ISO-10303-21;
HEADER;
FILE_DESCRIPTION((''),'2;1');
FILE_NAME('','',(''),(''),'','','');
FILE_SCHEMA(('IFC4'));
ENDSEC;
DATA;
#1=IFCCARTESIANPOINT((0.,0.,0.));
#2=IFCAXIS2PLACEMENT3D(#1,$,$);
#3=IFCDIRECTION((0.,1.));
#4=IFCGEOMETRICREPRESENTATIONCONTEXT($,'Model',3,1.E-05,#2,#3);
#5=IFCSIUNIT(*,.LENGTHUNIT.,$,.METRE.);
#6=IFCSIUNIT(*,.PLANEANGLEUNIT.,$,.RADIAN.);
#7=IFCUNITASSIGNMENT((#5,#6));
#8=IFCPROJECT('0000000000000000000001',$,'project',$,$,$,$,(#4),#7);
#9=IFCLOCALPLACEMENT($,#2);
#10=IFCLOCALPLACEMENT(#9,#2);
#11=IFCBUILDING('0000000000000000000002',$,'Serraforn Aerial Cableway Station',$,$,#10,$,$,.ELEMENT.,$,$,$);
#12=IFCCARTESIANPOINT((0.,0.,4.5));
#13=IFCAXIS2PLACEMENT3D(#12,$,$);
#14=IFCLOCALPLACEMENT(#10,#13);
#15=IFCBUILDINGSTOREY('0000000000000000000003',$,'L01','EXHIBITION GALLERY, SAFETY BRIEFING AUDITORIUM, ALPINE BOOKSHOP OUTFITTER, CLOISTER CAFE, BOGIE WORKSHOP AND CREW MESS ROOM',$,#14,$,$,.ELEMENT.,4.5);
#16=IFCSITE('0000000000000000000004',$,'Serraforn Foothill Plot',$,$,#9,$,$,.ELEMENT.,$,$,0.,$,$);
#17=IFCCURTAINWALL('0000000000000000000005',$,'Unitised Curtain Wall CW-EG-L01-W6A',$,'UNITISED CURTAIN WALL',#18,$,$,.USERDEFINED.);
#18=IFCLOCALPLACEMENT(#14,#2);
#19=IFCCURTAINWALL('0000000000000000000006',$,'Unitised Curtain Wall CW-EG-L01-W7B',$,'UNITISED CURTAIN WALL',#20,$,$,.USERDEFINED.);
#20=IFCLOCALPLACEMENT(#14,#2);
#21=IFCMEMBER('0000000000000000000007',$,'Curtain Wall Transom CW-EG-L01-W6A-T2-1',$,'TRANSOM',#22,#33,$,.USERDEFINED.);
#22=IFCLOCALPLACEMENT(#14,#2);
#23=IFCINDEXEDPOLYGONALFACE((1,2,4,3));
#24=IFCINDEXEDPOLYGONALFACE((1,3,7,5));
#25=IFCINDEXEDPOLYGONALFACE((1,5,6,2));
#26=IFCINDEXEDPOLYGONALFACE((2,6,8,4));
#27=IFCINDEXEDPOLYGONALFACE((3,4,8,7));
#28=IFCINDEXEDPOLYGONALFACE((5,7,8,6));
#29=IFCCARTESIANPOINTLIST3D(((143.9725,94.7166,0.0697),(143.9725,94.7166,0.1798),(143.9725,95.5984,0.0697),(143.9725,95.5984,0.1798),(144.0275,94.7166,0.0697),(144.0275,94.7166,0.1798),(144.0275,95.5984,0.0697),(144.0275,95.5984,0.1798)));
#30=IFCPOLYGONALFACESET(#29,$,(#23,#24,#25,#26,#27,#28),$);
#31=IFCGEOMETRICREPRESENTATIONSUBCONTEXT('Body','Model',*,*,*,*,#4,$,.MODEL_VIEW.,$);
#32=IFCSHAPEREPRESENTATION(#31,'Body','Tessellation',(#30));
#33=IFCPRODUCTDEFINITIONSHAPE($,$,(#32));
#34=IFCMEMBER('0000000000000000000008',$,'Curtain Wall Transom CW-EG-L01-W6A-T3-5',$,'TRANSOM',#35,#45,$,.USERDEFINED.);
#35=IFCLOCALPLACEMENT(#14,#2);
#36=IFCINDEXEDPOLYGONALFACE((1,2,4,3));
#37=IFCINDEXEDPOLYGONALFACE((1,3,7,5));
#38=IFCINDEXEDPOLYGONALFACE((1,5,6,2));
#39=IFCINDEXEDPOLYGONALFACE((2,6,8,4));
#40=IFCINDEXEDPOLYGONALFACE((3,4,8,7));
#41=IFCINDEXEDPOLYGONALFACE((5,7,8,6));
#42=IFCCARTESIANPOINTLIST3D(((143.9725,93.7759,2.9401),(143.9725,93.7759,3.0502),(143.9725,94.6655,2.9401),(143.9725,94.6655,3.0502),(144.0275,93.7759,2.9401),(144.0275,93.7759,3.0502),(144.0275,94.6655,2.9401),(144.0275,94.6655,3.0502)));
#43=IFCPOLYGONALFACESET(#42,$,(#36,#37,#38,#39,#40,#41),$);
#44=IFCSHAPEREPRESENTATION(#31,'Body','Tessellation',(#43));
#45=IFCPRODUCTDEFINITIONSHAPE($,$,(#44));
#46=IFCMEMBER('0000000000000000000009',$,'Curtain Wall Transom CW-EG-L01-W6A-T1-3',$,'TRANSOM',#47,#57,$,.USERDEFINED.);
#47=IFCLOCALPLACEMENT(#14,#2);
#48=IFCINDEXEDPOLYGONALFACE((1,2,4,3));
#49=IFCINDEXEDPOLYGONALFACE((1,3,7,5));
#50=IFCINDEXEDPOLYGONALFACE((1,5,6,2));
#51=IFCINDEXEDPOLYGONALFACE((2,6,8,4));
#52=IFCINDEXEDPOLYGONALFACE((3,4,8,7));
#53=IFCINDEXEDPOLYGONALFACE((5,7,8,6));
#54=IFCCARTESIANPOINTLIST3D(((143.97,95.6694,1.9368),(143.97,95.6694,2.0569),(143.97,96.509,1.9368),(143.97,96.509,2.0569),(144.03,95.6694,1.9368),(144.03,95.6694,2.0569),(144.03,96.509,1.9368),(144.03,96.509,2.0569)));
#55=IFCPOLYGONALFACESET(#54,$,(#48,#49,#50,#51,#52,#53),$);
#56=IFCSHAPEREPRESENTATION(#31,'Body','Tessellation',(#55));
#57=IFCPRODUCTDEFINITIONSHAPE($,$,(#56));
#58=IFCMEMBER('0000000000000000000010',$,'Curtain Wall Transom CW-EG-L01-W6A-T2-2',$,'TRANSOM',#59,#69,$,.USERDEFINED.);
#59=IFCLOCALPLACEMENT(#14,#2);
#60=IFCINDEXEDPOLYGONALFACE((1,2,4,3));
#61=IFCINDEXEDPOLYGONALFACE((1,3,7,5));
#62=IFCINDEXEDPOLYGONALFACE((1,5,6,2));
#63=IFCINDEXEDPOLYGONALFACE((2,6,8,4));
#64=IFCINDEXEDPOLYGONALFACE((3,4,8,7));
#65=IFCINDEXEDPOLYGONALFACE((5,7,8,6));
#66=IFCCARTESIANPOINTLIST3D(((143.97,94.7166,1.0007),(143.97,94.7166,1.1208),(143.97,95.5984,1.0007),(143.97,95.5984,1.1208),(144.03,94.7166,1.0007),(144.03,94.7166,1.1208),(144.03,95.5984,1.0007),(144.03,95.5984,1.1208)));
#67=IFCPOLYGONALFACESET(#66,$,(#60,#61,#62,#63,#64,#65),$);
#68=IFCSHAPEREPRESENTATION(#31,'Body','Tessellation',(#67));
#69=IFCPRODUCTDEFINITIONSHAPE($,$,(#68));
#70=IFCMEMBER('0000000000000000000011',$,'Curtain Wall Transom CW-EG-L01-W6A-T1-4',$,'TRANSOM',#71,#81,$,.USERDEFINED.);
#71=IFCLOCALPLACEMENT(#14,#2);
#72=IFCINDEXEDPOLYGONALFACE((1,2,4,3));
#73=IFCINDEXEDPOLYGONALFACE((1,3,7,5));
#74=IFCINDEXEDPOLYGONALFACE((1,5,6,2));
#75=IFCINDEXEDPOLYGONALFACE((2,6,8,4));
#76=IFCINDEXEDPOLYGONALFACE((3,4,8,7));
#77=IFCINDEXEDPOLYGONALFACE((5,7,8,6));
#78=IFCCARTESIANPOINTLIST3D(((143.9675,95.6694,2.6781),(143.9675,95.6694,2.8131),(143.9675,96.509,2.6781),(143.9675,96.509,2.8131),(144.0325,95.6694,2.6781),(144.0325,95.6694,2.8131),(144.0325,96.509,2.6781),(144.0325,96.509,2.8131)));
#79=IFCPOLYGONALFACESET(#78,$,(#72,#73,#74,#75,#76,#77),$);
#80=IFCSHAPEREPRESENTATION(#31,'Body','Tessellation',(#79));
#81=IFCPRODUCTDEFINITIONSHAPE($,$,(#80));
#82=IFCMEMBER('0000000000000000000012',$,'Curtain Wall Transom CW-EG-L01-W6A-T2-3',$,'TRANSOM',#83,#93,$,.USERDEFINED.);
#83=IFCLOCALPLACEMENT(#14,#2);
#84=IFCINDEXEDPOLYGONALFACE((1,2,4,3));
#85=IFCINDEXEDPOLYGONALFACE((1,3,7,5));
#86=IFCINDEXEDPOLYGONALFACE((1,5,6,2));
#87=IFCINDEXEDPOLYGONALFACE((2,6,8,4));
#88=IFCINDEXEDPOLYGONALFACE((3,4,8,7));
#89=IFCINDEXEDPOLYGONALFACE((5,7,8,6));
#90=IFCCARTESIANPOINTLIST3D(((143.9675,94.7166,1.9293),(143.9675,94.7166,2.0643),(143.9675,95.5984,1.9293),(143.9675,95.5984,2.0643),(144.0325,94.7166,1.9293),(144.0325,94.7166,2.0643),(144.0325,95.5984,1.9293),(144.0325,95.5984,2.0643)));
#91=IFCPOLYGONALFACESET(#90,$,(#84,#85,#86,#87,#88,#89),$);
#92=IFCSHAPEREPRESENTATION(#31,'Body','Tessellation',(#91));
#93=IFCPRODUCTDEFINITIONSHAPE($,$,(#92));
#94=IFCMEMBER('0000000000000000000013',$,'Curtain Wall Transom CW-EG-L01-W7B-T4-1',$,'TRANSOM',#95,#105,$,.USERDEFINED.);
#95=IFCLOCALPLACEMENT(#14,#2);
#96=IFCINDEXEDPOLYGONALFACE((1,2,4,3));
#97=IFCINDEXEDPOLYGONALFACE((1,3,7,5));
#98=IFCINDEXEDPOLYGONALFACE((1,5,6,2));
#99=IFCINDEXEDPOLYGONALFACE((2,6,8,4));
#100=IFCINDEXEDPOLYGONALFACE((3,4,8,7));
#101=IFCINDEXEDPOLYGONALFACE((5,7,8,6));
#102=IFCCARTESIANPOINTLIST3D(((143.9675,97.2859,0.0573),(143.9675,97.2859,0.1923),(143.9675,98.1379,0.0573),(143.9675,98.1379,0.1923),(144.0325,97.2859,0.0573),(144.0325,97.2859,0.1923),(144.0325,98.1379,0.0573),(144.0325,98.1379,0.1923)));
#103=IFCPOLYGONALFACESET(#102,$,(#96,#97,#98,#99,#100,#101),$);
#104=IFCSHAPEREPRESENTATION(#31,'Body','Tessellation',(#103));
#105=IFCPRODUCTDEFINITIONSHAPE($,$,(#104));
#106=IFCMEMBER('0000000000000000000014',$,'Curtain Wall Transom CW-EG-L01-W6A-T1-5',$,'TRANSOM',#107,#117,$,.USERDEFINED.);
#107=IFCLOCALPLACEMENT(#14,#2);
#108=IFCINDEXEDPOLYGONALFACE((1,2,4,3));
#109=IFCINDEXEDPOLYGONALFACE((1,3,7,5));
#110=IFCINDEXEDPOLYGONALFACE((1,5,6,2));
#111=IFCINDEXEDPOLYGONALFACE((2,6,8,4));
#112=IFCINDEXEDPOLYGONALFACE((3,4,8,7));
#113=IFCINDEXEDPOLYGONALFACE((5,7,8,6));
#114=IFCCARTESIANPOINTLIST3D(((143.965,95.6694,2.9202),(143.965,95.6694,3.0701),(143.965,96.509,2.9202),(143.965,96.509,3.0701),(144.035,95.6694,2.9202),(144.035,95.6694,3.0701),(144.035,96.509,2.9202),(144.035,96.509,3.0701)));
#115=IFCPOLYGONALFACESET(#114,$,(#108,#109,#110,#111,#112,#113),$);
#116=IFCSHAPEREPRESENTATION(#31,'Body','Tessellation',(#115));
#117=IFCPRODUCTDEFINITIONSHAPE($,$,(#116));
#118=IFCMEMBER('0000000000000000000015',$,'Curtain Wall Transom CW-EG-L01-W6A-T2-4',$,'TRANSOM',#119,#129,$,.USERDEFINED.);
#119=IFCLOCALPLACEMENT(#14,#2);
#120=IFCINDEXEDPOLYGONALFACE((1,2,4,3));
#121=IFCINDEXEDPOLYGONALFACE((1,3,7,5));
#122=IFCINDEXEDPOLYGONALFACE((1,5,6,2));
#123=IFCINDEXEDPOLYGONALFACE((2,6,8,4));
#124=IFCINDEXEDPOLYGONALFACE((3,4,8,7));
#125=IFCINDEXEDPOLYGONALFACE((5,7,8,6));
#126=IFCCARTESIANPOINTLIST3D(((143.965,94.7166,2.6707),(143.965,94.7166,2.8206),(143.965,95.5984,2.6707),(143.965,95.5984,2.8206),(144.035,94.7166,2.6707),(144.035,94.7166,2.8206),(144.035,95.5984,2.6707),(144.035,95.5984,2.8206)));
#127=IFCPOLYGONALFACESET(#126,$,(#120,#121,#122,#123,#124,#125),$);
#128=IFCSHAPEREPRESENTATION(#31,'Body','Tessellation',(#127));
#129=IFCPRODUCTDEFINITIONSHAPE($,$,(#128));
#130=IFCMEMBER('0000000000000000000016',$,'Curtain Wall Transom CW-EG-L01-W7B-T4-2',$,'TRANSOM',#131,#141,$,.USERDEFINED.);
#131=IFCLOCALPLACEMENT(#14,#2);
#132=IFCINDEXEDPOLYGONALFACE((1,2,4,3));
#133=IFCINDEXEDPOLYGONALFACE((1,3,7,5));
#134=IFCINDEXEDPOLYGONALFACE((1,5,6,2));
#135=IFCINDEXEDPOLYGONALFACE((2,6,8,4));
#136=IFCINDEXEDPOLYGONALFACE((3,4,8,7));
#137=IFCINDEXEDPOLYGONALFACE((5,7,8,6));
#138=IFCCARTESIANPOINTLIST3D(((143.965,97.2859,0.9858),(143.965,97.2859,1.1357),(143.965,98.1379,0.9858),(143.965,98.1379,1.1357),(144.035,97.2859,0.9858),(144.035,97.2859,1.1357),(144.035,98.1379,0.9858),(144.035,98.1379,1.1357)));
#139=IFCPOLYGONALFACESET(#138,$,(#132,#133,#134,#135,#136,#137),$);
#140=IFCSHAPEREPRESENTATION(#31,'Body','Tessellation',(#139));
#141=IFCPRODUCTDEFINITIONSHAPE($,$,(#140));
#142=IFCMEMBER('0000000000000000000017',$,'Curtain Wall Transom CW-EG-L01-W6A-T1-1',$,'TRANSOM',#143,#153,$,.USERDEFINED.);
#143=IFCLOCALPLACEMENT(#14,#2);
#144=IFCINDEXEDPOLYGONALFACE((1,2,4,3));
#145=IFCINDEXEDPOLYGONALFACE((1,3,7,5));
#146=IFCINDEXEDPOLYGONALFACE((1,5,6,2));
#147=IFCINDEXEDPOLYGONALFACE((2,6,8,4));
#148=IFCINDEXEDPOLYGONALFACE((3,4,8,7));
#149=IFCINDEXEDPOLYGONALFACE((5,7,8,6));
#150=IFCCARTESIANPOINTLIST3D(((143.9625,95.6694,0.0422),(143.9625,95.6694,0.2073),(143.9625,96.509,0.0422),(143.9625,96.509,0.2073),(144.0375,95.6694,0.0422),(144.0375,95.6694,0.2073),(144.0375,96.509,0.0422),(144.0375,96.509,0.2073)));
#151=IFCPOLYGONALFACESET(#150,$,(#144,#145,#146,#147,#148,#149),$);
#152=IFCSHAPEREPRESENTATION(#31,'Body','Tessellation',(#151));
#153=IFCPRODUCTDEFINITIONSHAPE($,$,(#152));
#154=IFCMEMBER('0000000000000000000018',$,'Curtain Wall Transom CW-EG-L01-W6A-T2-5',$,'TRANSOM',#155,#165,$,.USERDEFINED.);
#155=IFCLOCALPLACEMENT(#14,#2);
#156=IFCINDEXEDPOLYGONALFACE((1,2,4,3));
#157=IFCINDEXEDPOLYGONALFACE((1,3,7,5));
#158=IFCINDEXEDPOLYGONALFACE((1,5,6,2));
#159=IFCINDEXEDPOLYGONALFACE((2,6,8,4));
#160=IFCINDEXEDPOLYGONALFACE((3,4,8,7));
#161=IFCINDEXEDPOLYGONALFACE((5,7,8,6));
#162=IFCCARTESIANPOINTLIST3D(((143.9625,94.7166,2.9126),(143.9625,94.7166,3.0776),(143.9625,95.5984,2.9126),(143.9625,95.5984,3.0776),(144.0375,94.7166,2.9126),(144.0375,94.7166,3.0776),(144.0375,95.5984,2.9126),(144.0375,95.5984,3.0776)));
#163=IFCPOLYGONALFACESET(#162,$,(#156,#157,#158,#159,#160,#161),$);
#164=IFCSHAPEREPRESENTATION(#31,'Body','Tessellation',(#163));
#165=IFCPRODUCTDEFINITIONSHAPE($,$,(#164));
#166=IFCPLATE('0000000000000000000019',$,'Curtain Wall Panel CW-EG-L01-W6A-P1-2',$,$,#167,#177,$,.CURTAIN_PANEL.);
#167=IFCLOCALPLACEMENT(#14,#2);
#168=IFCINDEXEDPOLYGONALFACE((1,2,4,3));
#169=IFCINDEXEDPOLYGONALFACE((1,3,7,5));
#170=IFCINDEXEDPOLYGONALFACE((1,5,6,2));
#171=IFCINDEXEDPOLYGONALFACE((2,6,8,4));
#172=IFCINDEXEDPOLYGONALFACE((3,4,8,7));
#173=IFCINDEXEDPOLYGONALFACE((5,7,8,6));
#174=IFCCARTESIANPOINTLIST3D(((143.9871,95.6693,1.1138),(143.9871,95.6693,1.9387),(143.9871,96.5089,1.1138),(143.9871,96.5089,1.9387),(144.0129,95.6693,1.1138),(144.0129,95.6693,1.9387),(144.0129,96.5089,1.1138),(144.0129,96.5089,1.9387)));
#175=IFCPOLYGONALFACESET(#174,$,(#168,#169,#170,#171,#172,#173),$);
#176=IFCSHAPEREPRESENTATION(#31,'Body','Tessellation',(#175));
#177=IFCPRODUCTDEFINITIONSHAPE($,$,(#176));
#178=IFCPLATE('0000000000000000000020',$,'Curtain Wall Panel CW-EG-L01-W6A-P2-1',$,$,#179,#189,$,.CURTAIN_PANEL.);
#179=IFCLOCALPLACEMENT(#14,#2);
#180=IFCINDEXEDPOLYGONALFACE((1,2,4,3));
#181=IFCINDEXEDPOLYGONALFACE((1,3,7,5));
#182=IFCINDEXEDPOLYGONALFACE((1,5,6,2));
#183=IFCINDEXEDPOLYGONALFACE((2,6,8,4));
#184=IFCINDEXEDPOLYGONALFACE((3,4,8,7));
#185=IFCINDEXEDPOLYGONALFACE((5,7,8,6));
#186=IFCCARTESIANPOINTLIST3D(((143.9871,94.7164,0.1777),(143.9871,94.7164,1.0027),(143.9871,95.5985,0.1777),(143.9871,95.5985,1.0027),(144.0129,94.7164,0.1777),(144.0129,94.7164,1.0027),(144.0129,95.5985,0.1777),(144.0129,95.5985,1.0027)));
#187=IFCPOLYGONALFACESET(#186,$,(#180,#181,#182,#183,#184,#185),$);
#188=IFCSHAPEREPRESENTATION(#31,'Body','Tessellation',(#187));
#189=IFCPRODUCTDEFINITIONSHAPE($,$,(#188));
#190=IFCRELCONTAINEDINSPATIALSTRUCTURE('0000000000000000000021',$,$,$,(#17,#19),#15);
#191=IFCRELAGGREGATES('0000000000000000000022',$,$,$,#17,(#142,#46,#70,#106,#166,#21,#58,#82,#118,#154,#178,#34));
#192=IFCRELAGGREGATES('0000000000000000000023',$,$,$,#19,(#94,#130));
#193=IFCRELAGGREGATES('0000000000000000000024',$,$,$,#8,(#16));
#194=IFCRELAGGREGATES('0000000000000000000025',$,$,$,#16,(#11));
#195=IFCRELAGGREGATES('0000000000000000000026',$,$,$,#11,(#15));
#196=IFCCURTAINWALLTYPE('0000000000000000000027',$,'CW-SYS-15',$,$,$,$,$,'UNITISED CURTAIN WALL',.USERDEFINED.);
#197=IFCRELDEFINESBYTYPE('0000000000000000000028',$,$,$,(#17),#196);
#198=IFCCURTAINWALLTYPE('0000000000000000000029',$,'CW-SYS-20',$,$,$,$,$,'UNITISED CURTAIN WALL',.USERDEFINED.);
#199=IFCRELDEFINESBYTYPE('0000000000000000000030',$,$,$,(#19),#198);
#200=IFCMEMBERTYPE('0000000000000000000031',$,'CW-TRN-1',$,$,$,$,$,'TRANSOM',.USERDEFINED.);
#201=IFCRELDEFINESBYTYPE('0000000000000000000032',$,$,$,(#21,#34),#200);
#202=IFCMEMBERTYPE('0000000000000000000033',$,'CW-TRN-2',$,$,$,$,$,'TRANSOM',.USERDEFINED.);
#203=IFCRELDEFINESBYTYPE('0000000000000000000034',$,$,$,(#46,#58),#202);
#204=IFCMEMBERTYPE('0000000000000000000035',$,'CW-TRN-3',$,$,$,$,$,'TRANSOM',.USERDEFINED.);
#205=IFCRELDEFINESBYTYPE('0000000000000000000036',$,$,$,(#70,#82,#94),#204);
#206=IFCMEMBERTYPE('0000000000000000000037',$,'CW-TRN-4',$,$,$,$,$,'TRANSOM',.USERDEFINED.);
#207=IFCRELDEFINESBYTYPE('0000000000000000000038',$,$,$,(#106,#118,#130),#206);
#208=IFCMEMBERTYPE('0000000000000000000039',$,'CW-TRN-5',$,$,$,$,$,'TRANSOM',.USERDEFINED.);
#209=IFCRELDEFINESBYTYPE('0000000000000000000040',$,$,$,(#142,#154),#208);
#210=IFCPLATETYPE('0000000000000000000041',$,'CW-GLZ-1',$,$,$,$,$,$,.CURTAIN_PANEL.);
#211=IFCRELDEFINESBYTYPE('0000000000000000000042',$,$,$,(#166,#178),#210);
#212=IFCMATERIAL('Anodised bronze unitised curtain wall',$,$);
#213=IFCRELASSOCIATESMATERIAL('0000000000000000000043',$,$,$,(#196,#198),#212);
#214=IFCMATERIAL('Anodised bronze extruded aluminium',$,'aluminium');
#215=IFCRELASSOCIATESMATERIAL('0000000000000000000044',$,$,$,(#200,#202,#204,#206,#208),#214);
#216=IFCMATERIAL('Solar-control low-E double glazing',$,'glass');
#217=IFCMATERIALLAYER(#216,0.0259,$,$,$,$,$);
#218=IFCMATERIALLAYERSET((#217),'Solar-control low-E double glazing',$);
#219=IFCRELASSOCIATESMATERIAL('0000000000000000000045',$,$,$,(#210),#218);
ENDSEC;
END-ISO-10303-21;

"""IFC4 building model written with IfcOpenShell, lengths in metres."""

from ifc_helpers import new_model, si_unit, direction, frame, origin, origin_2d, place, context, subcontext, project, spatial, rectangle, extrude, material, layer, layer_set, material_profile, profile_set, type_object, element, aggregate, save


model = new_model("IFC4")

# Units and contexts
model_context = context("Model", 3, precision=1e-05, world=origin(), true_north=direction((0.0, 1.0)))
body_context = subcontext(model_context, "Body", "Model", "MODEL_VIEW")
ifc_project = project(units=[si_unit("LENGTHUNIT", "METRE"), si_unit("PLANEANGLEUNIT", "RADIAN")], contexts=[model_context])

# Site, building, storey
site_placement = place(None, origin())
site = spatial("IfcSite", under=ifc_project, at=site_placement, Name="Serraforn Foothill Plot", CompositionType="ELEMENT", RefElevation=0.0)
building_placement = place(site_placement, origin())
building = spatial("IfcBuilding", under=site, at=building_placement, Name="Serraforn Aerial Cableway Station", CompositionType="ELEMENT")
storey_placement = place(building_placement, frame((0.0, 0.0, 4.5)))
storey = spatial("IfcBuildingStorey", under=building, at=storey_placement, Name="L01", Description="EXHIBITION GALLERY, SAFETY BRIEFING AUDITORIUM, ALPINE BOOKSHOP OUTFITTER, CLOISTER CAFE, BOGIE WORKSHOP AND CREW MESS ROOM", CompositionType="ELEMENT", Elevation=4.5)

# Curtain walls
ifc_material_1 = material(Name="Anodised bronze unitised curtain wall")
curtain_wall_type_1 = type_object("IfcCurtainWallType", Name="CW-SYS-15", ElementType="UNITISED CURTAIN WALL", PredefinedType="USERDEFINED", material=ifc_material_1)
curtain_wall_1_placement = place(storey_placement, origin())
curtain_wall_1 = element("IfcCurtainWall", 1, at=curtain_wall_1_placement, inside=storey, type_object=curtain_wall_type_1, Name="Unitised Curtain Wall CW-EG-L01-W6A", ObjectType="UNITISED CURTAIN WALL", PredefinedType="USERDEFINED")
ifc_material_2 = material(Name="Anodised bronze extruded aluminium", Category="aluminium")
curtain_wall_type_2 = type_object("IfcCurtainWallType", Name="CW-SYS-20", ElementType="UNITISED CURTAIN WALL", PredefinedType="USERDEFINED", material=ifc_material_1)
curtain_wall_2_placement = place(storey_placement, origin())
curtain_wall_2 = element("IfcCurtainWall", 2, at=curtain_wall_2_placement, inside=storey, type_object=curtain_wall_type_2, Name="Unitised Curtain Wall CW-EG-L01-W7B", ObjectType="UNITISED CURTAIN WALL", PredefinedType="USERDEFINED")

# Members
ifc_material_profile_1 = material_profile(ifc_material_2, rectangle(XDim=0.0549, YDim=0.1101, at=origin_2d()), Name="CW TRANSOM 55x110")
ifc_profile_set_1 = profile_set([ifc_material_profile_1], Name="Anodised bronze extruded aluminium")
member_type_1 = type_object("IfcMemberType", Name="CW-TRN-1", ElementType="TRANSOM", PredefinedType="USERDEFINED", material=ifc_profile_set_1)
member_1_placement = place(storey_placement, frame((144.0, 95.5984, 0.1248), z_axis=(0.0, -1.0, 0.0), x_axis=(1.0, 0.0, 0.0)))
member_1 = element("IfcMember", 3, at=member_1_placement, type_object=member_type_1, Name="Curtain Wall Transom CW-EG-L01-W6A-T2-1", ObjectType="TRANSOM", PredefinedType="USERDEFINED", context=body_context, shape_type="SweptSolid", body=[
    extrude(rectangle(XDim=0.0549, YDim=0.1101, at=origin_2d()), origin(), (0.0, 0.0, 1.0), 0.8818),
])
member_2_placement = place(storey_placement, frame((144.0, 94.6655, 2.9951), z_axis=(0.0, -1.0, 0.0), x_axis=(1.0, 0.0, 0.0)))
member_2 = element("IfcMember", 4, at=member_2_placement, type_object=member_type_1, Name="Curtain Wall Transom CW-EG-L01-W6A-T3-5", ObjectType="TRANSOM", PredefinedType="USERDEFINED", context=body_context, shape_type="SweptSolid", body=[
    extrude(rectangle(XDim=0.0549, YDim=0.1101, at=origin_2d()), origin(), (0.0, 0.0, 1.0), 0.8896),
])
ifc_material_profile_2 = material_profile(ifc_material_2, rectangle(XDim=0.0601, YDim=0.1201, at=origin_2d()), Name="CW TRANSOM 60x120")
ifc_profile_set_2 = profile_set([ifc_material_profile_2], Name="Anodised bronze extruded aluminium")
member_type_2 = type_object("IfcMemberType", Name="CW-TRN-2", ElementType="TRANSOM", PredefinedType="USERDEFINED", material=ifc_profile_set_2)
member_3_placement = place(storey_placement, frame((144.0, 96.509, 1.9968), z_axis=(0.0, -1.0, 0.0), x_axis=(1.0, 0.0, 0.0)))
member_3 = element("IfcMember", 5, at=member_3_placement, type_object=member_type_2, Name="Curtain Wall Transom CW-EG-L01-W6A-T1-3", ObjectType="TRANSOM", PredefinedType="USERDEFINED", context=body_context, shape_type="SweptSolid", body=[
    extrude(rectangle(XDim=0.0601, YDim=0.1201, at=origin_2d()), origin(), (0.0, 0.0, 1.0), 0.8396),
])
member_4_placement = place(storey_placement, frame((144.0, 95.5984, 1.0608), z_axis=(0.0, -1.0, 0.0), x_axis=(1.0, 0.0, 0.0)))
member_4 = element("IfcMember", 6, at=member_4_placement, type_object=member_type_2, Name="Curtain Wall Transom CW-EG-L01-W6A-T2-2", ObjectType="TRANSOM", PredefinedType="USERDEFINED", context=body_context, shape_type="SweptSolid", body=[
    extrude(rectangle(XDim=0.0601, YDim=0.1201, at=origin_2d()), origin(), (0.0, 0.0, 1.0), 0.8818),
])
ifc_material_profile_3 = material_profile(ifc_material_2, rectangle(XDim=0.0649, YDim=0.135, at=origin_2d()), Name="CW TRANSOM 65x135")
ifc_profile_set_3 = profile_set([ifc_material_profile_3], Name="Anodised bronze extruded aluminium")
member_type_3 = type_object("IfcMemberType", Name="CW-TRN-3", ElementType="TRANSOM", PredefinedType="USERDEFINED", material=ifc_profile_set_3)
member_5_placement = place(storey_placement, frame((144.0, 96.509, 2.7456), z_axis=(0.0, -1.0, 0.0), x_axis=(1.0, 0.0, 0.0)))
member_5 = element("IfcMember", 7, at=member_5_placement, type_object=member_type_3, Name="Curtain Wall Transom CW-EG-L01-W6A-T1-4", ObjectType="TRANSOM", PredefinedType="USERDEFINED", context=body_context, shape_type="SweptSolid", body=[
    extrude(rectangle(XDim=0.0649, YDim=0.135, at=origin_2d()), origin(), (0.0, 0.0, 1.0), 0.8396),
])
member_6_placement = place(storey_placement, frame((144.0, 95.5984, 1.9968), z_axis=(0.0, -1.0, 0.0), x_axis=(1.0, 0.0, 0.0)))
member_6 = element("IfcMember", 8, at=member_6_placement, type_object=member_type_3, Name="Curtain Wall Transom CW-EG-L01-W6A-T2-3", ObjectType="TRANSOM", PredefinedType="USERDEFINED", context=body_context, shape_type="SweptSolid", body=[
    extrude(rectangle(XDim=0.0649, YDim=0.135, at=origin_2d()), origin(), (0.0, 0.0, 1.0), 0.8818),
])
member_7_placement = place(storey_placement, frame((144.0, 98.1379, 0.1248), z_axis=(0.0, -1.0, 0.0), x_axis=(1.0, 0.0, 0.0)))
member_7 = element("IfcMember", 9, at=member_7_placement, type_object=member_type_3, Name="Curtain Wall Transom CW-EG-L01-W7B-T4-1", ObjectType="TRANSOM", PredefinedType="USERDEFINED", context=body_context, shape_type="SweptSolid", body=[
    extrude(rectangle(XDim=0.0649, YDim=0.135, at=origin_2d()), origin(), (0.0, 0.0, 1.0), 0.8521),
])
ifc_material_profile_4 = material_profile(ifc_material_2, rectangle(XDim=0.0701, YDim=0.1499, at=origin_2d()), Name="CW TRANSOM 70x150")
ifc_profile_set_4 = profile_set([ifc_material_profile_4], Name="Anodised bronze extruded aluminium")
member_type_4 = type_object("IfcMemberType", Name="CW-TRN-4", ElementType="TRANSOM", PredefinedType="USERDEFINED", material=ifc_profile_set_4)
member_8_placement = place(storey_placement, frame((144.0, 96.509, 2.9951), z_axis=(0.0, -1.0, 0.0), x_axis=(1.0, 0.0, 0.0)))
member_8 = element("IfcMember", 10, at=member_8_placement, type_object=member_type_4, Name="Curtain Wall Transom CW-EG-L01-W6A-T1-5", ObjectType="TRANSOM", PredefinedType="USERDEFINED", context=body_context, shape_type="SweptSolid", body=[
    extrude(rectangle(XDim=0.0701, YDim=0.1499, at=origin_2d()), origin(), (0.0, 0.0, 1.0), 0.8396),
])
member_9_placement = place(storey_placement, frame((144.0, 95.5984, 2.7456), z_axis=(0.0, -1.0, 0.0), x_axis=(1.0, 0.0, 0.0)))
member_9 = element("IfcMember", 11, at=member_9_placement, type_object=member_type_4, Name="Curtain Wall Transom CW-EG-L01-W6A-T2-4", ObjectType="TRANSOM", PredefinedType="USERDEFINED", context=body_context, shape_type="SweptSolid", body=[
    extrude(rectangle(XDim=0.0701, YDim=0.1499, at=origin_2d()), origin(), (0.0, 0.0, 1.0), 0.8818),
])
member_10_placement = place(storey_placement, frame((144.0, 98.1379, 1.0608), z_axis=(0.0, -1.0, 0.0), x_axis=(1.0, 0.0, 0.0)))
member_10 = element("IfcMember", 12, at=member_10_placement, type_object=member_type_4, Name="Curtain Wall Transom CW-EG-L01-W7B-T4-2", ObjectType="TRANSOM", PredefinedType="USERDEFINED", context=body_context, shape_type="SweptSolid", body=[
    extrude(rectangle(XDim=0.0701, YDim=0.1499, at=origin_2d()), origin(), (0.0, 0.0, 1.0), 0.8521),
])
ifc_material_profile_5 = material_profile(ifc_material_2, rectangle(XDim=0.075, YDim=0.165, at=origin_2d()), Name="CW TRANSOM 75x165")
ifc_profile_set_5 = profile_set([ifc_material_profile_5], Name="Anodised bronze extruded aluminium")
member_type_5 = type_object("IfcMemberType", Name="CW-TRN-5", ElementType="TRANSOM", PredefinedType="USERDEFINED", material=ifc_profile_set_5)
member_11_placement = place(storey_placement, frame((144.0, 96.509, 0.1248), z_axis=(0.0, -1.0, 0.0), x_axis=(1.0, 0.0, 0.0)))
member_11 = element("IfcMember", 13, at=member_11_placement, type_object=member_type_5, Name="Curtain Wall Transom CW-EG-L01-W6A-T1-1", ObjectType="TRANSOM", PredefinedType="USERDEFINED", context=body_context, shape_type="SweptSolid", body=[
    extrude(rectangle(XDim=0.075, YDim=0.165, at=origin_2d()), origin(), (0.0, 0.0, 1.0), 0.8396),
])
member_12_placement = place(storey_placement, frame((144.0, 95.5984, 2.9951), z_axis=(0.0, -1.0, 0.0), x_axis=(1.0, 0.0, 0.0)))
member_12 = element("IfcMember", 14, at=member_12_placement, type_object=member_type_5, Name="Curtain Wall Transom CW-EG-L01-W6A-T2-5", ObjectType="TRANSOM", PredefinedType="USERDEFINED", context=body_context, shape_type="SweptSolid", body=[
    extrude(rectangle(XDim=0.075, YDim=0.165, at=origin_2d()), origin(), (0.0, 0.0, 1.0), 0.8818),
])

# Plates
ifc_material_3 = material(Name="Solar-control low-E double glazing", Category="glass")
ifc_layer_1 = layer(ifc_material_3, 0.0259)
ifc_layer_set_1 = layer_set([ifc_layer_1], Name="Solar-control low-E double glazing")
plate_type_1 = type_object("IfcPlateType", Name="CW-GLZ-1", PredefinedType="CURTAIN_PANEL", material=ifc_layer_set_1)
plate_1_placement = place(storey_placement, frame((144.0, 96.0891, 1.1138), z_axis=(0.0, 0.0, 1.0), x_axis=(1.0, 0.0, 0.0)))
plate_1 = element("IfcPlate", 15, at=plate_1_placement, type_object=plate_type_1, Name="Curtain Wall Panel CW-EG-L01-W6A-P1-2", PredefinedType="CURTAIN_PANEL", context=body_context, shape_type="SweptSolid", body=[
    extrude(rectangle(XDim=0.0259, YDim=0.8396, at=origin_2d()), origin(), (0.0, 0.0, 1.0), 0.825),
])
plate_2_placement = place(storey_placement, frame((144.0, 95.1575, 0.1777), z_axis=(0.0, 0.0, 1.0), x_axis=(1.0, 0.0, 0.0)))
plate_2 = element("IfcPlate", 16, at=plate_2_placement, type_object=plate_type_1, Name="Curtain Wall Panel CW-EG-L01-W6A-P2-1", PredefinedType="CURTAIN_PANEL", context=body_context, shape_type="SweptSolid", body=[
    extrude(rectangle(XDim=0.0259, YDim=0.8821, at=origin_2d()), origin(), (0.0, 0.0, 1.0), 0.825),
])
aggregate(curtain_wall_1, [member_11, member_3, member_5, member_8, plate_1, member_1, member_4, member_6, member_9, member_12, plate_2, member_2])
aggregate(curtain_wall_2, [member_7, member_10])

save(model, "model.ifc")
